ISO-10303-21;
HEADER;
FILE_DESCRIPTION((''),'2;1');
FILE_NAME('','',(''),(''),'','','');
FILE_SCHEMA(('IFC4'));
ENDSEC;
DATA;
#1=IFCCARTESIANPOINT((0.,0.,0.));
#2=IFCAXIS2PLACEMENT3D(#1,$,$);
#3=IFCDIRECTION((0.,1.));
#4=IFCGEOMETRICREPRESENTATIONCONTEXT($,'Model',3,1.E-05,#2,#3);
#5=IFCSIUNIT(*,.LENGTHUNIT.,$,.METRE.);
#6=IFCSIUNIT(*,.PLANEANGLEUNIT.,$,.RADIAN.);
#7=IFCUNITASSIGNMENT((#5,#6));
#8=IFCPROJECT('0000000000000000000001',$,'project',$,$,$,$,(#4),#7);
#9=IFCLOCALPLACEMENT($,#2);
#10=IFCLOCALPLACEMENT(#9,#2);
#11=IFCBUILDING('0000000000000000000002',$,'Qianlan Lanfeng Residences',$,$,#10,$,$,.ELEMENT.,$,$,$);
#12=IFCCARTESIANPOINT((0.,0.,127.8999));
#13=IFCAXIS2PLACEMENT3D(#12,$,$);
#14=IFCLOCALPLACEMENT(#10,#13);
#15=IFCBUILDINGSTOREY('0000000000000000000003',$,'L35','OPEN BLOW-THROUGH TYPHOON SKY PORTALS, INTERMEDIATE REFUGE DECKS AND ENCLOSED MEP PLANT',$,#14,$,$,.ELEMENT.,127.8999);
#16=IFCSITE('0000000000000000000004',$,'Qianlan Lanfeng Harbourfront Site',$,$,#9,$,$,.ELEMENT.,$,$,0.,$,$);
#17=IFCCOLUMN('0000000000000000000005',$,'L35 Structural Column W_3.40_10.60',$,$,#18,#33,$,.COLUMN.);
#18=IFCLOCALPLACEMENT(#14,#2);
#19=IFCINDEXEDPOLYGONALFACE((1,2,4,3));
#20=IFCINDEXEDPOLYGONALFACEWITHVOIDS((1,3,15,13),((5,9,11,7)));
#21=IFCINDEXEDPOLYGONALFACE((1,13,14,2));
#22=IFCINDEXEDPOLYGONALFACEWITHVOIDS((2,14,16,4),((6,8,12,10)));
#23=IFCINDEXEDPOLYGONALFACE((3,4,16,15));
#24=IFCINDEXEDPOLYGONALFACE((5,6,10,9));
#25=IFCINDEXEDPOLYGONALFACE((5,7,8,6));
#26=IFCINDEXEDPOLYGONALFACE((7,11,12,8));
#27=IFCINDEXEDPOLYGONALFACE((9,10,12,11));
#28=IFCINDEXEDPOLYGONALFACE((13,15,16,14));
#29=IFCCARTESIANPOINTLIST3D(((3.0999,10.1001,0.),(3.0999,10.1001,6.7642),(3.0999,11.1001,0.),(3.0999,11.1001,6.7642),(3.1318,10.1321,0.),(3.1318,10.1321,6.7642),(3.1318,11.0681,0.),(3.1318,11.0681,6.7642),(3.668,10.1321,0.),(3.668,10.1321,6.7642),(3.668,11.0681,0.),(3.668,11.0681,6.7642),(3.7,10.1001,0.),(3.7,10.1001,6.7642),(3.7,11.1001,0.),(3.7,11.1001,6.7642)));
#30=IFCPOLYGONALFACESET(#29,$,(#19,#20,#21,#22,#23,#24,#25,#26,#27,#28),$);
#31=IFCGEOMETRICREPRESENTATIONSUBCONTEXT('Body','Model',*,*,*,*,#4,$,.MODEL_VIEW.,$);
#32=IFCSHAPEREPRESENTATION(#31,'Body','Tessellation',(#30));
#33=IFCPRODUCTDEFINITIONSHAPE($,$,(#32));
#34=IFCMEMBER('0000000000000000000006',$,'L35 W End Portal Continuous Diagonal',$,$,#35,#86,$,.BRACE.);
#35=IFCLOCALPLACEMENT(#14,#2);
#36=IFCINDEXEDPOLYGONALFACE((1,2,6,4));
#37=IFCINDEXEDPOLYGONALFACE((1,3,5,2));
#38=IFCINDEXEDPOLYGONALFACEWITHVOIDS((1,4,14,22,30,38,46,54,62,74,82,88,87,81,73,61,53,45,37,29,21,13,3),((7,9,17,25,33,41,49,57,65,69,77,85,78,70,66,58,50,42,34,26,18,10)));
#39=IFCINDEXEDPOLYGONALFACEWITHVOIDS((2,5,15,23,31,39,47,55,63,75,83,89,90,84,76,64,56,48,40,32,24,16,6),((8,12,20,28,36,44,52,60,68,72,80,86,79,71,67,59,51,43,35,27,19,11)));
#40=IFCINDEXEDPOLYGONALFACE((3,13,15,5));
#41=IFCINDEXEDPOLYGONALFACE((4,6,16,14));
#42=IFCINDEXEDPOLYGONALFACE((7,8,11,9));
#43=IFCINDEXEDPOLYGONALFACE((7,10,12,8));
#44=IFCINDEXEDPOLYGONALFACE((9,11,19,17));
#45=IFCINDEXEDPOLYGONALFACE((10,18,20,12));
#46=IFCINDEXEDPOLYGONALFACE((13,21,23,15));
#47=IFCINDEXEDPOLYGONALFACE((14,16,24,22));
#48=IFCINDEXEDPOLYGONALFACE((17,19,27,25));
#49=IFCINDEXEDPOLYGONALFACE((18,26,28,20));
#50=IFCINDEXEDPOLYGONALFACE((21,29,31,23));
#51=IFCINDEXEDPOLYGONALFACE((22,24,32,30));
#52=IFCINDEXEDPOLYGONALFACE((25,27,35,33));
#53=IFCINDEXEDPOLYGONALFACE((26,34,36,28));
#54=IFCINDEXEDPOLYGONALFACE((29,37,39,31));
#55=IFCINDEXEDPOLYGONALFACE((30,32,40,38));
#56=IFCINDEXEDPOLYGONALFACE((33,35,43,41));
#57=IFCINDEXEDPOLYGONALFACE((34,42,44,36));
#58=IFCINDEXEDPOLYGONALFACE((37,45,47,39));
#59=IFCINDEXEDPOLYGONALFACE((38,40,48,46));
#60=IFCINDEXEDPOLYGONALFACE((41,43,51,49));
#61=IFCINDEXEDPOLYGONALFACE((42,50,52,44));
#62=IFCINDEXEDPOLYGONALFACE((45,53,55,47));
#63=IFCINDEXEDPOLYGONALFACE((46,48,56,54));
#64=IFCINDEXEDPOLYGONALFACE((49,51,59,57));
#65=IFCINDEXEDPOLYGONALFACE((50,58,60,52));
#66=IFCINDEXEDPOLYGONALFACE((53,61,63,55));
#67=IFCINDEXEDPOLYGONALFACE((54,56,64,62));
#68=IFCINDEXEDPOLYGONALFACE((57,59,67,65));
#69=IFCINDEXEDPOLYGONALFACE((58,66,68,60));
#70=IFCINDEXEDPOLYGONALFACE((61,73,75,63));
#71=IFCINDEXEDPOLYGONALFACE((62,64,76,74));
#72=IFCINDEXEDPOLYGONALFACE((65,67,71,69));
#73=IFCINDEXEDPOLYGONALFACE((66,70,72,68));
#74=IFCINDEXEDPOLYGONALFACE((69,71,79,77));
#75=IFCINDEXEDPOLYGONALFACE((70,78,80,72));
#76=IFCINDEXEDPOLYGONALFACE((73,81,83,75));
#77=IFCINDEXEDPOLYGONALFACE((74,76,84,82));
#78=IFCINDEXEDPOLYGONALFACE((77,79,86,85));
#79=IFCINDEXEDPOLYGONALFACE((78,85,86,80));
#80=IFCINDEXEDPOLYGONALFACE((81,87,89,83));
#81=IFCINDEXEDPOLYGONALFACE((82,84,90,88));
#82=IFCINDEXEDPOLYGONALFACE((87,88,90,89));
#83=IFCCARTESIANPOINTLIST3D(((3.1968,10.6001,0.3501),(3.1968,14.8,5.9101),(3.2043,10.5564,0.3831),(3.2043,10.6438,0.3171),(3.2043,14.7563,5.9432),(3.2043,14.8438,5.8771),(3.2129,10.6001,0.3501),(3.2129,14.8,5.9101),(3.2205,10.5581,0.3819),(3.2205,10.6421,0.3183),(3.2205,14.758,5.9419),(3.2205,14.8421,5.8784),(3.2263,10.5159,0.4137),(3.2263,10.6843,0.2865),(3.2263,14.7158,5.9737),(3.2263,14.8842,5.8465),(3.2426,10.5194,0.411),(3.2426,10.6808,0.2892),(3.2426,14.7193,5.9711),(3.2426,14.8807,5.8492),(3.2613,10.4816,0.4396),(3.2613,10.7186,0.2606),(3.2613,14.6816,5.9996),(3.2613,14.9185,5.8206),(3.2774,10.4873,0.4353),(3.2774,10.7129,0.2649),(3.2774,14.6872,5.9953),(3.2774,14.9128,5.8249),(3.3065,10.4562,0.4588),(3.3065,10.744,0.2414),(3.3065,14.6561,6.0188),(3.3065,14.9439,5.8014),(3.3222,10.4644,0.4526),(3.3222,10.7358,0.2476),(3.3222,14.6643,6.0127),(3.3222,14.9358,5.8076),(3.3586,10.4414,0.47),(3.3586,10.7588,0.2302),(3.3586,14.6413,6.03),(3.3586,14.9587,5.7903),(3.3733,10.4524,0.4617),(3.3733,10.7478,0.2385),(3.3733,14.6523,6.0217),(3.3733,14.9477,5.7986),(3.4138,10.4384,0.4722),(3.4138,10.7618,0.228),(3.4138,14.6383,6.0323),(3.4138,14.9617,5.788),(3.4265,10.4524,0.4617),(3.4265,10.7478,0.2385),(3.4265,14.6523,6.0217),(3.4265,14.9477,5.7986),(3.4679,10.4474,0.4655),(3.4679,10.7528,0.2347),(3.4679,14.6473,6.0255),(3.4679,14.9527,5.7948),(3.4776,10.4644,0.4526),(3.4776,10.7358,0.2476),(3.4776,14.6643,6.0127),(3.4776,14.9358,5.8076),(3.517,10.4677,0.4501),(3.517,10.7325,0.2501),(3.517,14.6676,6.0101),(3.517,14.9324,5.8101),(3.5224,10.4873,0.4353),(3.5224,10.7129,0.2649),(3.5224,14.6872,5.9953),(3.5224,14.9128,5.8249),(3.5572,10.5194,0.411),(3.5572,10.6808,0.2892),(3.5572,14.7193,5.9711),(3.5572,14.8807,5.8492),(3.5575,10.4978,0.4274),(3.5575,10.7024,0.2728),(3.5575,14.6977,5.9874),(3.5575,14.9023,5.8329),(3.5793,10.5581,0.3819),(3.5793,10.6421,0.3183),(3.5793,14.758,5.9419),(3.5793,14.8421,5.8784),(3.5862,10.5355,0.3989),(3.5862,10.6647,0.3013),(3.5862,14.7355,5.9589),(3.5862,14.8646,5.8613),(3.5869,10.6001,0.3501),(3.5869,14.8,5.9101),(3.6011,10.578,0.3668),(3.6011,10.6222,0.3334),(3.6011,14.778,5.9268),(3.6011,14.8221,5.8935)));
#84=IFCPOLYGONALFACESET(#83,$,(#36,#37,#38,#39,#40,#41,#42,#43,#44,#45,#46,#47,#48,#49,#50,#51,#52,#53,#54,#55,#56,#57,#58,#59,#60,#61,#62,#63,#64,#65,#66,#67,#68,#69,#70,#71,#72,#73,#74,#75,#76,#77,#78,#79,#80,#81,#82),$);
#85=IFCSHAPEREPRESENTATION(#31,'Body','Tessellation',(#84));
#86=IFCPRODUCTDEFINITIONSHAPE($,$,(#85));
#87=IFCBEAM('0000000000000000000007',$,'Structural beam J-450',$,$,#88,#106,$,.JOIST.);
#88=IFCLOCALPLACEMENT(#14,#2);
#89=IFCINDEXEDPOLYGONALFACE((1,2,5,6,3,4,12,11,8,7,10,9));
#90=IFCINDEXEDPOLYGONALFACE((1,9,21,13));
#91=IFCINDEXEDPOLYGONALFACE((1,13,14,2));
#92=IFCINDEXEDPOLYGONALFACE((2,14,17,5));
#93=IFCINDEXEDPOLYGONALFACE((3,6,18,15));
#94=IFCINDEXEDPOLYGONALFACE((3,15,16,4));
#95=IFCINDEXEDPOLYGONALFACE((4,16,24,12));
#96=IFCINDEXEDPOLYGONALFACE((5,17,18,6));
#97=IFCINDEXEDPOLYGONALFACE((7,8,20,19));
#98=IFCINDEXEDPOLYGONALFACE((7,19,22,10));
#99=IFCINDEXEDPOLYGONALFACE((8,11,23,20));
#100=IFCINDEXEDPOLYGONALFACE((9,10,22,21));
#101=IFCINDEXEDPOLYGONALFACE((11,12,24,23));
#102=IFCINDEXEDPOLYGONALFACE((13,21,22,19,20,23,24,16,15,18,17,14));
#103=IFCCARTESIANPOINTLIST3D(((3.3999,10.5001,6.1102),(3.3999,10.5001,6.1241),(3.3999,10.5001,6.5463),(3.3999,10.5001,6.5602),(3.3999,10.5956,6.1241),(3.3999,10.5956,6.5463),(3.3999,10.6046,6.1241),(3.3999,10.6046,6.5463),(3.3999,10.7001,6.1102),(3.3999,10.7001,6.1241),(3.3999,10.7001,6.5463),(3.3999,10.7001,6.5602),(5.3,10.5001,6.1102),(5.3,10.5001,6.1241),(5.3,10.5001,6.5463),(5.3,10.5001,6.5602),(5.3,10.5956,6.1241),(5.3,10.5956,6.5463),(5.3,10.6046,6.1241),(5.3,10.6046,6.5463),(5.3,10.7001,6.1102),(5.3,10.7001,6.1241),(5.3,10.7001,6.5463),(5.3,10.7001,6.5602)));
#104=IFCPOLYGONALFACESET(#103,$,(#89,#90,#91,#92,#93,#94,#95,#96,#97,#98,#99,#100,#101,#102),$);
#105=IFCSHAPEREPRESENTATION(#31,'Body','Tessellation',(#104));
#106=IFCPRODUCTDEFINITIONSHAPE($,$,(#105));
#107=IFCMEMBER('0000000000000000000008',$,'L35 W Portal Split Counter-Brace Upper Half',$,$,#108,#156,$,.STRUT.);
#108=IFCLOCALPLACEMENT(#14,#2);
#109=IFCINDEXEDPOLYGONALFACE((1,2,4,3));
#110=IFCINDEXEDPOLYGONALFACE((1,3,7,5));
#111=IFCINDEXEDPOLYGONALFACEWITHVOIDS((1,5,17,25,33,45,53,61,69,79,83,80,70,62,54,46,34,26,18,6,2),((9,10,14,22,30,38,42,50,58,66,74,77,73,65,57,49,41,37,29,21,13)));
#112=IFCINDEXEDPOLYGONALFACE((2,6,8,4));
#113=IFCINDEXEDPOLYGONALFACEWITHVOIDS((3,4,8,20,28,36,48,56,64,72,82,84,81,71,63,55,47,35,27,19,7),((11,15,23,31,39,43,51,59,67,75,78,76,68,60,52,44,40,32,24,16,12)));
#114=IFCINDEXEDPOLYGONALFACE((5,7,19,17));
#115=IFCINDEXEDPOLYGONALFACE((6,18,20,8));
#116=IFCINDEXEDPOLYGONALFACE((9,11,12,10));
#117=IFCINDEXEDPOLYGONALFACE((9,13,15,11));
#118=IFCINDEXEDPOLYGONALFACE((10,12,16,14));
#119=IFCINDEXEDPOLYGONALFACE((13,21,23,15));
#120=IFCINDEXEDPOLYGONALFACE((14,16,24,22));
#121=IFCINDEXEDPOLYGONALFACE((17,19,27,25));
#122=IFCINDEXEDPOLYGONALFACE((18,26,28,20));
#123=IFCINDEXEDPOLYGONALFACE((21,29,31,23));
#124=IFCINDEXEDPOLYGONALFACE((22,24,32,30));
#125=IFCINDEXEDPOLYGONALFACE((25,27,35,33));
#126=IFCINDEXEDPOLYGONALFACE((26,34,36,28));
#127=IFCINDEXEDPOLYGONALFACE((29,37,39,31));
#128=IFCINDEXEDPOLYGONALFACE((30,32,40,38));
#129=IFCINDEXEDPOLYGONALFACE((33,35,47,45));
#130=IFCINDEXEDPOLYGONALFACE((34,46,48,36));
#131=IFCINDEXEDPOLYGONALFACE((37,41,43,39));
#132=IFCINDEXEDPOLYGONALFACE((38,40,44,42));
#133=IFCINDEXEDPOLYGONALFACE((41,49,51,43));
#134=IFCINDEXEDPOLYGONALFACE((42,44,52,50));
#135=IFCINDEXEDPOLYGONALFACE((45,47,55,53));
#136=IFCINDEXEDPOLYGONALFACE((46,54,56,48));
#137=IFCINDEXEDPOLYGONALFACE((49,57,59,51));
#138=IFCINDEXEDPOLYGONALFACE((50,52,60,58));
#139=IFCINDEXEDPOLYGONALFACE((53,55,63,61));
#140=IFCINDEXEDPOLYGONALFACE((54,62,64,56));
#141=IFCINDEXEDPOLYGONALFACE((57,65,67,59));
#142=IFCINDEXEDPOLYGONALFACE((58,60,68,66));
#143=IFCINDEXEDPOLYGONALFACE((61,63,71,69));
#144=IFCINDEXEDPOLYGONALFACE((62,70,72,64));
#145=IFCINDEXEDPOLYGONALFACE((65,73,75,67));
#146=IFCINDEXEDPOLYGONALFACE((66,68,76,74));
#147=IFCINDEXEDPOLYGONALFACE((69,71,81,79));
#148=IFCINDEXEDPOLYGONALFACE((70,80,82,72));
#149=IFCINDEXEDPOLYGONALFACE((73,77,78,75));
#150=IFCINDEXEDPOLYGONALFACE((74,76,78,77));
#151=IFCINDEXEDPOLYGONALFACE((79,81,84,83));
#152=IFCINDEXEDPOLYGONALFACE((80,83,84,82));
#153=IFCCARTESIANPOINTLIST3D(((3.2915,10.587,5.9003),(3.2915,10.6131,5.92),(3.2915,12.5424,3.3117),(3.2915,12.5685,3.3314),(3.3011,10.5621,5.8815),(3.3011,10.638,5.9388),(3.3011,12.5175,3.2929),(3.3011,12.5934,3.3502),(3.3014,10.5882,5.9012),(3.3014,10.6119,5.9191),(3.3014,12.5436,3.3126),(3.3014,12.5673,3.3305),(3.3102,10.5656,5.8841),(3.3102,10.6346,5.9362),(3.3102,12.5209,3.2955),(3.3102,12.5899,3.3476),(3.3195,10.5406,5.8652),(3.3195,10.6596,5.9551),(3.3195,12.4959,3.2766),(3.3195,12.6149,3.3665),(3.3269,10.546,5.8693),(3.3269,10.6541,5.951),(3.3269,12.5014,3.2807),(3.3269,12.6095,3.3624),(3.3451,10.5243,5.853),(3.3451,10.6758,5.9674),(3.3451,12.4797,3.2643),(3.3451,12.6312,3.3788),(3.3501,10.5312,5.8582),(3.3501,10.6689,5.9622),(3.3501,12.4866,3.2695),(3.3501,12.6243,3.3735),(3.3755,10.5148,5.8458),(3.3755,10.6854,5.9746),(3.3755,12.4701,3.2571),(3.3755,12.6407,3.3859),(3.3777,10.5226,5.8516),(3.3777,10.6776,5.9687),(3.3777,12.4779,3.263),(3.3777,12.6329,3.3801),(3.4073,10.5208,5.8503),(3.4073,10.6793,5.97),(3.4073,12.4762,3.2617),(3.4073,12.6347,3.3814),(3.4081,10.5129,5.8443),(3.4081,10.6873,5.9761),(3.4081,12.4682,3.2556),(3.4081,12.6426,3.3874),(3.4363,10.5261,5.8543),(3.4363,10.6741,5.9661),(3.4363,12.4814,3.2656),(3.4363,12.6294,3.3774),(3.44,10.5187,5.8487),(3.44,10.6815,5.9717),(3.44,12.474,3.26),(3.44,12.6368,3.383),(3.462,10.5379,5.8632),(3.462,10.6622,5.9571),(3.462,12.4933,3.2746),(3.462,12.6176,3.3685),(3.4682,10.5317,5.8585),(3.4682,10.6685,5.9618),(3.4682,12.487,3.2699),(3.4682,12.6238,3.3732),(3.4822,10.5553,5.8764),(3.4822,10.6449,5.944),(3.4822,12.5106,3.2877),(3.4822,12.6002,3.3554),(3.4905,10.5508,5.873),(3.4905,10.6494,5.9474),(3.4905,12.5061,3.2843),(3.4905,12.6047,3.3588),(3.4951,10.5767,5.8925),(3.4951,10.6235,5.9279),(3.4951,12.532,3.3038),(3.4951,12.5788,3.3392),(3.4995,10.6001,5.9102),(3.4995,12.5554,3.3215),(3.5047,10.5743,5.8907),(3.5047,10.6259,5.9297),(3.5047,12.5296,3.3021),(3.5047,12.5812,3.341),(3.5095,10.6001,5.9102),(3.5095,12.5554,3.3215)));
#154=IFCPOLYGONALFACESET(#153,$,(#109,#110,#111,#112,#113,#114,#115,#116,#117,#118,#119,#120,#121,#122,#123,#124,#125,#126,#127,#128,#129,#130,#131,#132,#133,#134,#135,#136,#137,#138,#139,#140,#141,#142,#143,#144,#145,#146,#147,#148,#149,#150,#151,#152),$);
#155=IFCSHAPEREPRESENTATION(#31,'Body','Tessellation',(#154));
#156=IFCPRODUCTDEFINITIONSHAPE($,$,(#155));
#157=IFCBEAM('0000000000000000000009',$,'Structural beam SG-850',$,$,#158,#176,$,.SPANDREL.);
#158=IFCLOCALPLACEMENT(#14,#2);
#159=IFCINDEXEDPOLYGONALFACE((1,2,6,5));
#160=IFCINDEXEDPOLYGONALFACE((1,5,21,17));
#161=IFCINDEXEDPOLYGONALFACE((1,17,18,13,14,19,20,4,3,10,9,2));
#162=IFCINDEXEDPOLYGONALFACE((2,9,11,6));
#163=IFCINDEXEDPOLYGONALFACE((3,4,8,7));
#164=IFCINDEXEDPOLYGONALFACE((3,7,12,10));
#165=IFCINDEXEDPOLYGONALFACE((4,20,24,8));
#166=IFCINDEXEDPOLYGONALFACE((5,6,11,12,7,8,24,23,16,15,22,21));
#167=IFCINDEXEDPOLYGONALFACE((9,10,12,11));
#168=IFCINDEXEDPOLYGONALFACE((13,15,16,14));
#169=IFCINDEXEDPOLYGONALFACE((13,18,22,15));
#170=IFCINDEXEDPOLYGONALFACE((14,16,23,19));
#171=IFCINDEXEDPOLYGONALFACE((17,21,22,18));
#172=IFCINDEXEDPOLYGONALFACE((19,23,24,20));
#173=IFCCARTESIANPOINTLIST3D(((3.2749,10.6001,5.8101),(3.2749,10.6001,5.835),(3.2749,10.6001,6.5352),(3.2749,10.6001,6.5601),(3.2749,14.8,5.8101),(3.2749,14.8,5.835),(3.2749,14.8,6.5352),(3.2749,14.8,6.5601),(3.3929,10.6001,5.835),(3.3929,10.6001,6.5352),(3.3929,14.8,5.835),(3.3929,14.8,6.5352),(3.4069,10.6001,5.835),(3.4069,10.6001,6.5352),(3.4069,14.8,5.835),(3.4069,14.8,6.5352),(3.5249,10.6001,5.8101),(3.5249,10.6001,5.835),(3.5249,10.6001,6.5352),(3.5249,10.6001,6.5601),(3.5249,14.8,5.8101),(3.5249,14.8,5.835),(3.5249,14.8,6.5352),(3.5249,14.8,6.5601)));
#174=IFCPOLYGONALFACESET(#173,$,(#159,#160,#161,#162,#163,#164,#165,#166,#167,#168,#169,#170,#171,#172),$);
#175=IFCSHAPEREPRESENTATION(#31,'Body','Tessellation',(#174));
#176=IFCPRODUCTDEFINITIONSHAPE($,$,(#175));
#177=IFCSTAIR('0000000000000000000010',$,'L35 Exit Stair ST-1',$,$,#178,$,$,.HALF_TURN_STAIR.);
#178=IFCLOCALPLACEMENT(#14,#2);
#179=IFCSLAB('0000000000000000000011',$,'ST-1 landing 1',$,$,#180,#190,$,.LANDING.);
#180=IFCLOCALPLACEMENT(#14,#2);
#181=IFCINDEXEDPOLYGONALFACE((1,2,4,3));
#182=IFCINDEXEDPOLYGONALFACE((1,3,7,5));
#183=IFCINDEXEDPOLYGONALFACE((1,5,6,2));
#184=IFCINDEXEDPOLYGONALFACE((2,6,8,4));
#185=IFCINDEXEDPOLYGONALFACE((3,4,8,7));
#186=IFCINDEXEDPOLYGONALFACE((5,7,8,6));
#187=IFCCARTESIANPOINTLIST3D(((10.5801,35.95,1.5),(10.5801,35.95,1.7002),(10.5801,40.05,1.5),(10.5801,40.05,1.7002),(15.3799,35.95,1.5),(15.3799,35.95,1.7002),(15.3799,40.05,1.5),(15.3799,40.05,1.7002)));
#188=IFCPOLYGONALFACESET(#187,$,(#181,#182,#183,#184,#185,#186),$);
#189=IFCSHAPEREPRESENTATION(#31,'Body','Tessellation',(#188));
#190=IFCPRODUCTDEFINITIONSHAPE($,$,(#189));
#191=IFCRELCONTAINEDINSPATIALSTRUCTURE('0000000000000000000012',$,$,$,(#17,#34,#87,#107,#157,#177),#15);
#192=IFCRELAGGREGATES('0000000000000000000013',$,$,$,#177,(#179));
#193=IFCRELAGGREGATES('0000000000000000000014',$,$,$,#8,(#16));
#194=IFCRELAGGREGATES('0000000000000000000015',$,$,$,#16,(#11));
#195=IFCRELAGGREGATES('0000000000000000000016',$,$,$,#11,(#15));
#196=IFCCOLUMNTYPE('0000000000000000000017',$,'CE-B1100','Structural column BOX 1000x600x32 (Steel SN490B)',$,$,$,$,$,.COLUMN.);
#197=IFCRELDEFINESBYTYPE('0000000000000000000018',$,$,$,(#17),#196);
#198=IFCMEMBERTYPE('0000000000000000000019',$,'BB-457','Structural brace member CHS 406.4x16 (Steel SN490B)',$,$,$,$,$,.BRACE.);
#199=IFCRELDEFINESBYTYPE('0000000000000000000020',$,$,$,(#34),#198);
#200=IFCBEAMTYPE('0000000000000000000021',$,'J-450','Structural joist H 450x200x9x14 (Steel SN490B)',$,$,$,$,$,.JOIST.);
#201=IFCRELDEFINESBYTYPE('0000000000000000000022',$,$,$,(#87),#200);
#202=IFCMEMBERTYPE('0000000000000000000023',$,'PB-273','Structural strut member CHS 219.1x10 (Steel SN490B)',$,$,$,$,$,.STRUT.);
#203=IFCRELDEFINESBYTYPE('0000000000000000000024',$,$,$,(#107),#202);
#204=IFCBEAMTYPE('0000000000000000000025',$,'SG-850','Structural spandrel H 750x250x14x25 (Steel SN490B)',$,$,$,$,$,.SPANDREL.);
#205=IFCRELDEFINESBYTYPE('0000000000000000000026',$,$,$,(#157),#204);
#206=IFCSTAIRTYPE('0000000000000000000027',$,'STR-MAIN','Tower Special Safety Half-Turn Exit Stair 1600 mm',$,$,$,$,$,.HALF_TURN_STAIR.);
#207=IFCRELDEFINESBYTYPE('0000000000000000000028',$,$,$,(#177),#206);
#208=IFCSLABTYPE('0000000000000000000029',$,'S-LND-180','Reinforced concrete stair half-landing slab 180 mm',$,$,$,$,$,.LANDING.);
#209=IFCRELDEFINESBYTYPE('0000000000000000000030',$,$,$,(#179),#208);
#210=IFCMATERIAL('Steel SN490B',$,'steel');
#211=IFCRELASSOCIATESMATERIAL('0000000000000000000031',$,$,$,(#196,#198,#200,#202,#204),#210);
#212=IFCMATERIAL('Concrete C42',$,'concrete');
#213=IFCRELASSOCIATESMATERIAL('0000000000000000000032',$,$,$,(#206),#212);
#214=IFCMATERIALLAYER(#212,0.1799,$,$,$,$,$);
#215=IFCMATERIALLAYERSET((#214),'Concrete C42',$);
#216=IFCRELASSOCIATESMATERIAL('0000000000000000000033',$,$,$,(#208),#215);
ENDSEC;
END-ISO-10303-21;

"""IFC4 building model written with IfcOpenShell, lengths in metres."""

from ifc_helpers import new_model, si_unit, direction, frame, origin, origin_2d, place, context, subcontext, project, spatial, polyline, hollow_rectangle, hollow_circle, i_section, outline, extrude, material, layer, layer_set, material_profile, profile_set, type_object, element, aggregate, save


model = new_model("IFC4")

# Units and contexts
model_context = context("Model", 3, precision=1e-05, world=origin(), true_north=direction((0.0, 1.0)))
body_context = subcontext(model_context, "Body", "Model", "MODEL_VIEW")
ifc_project = project(units=[si_unit("LENGTHUNIT", "METRE"), si_unit("PLANEANGLEUNIT", "RADIAN")], contexts=[model_context])

# Site, building, storey
site_placement = place(None, origin())
site = spatial("IfcSite", under=ifc_project, at=site_placement, Name="Qianlan Lanfeng Harbourfront Site", CompositionType="ELEMENT", RefElevation=0.0)
building_placement = place(site_placement, origin())
building = spatial("IfcBuilding", under=site, at=building_placement, Name="Qianlan Lanfeng Residences", CompositionType="ELEMENT")
storey_placement = place(building_placement, frame((0.0, 0.0, 127.8999)))
storey = spatial("IfcBuildingStorey", under=building, at=storey_placement, Name="L35", Description="OPEN BLOW-THROUGH TYPHOON SKY PORTALS, INTERMEDIATE REFUGE DECKS AND ENCLOSED MEP PLANT", CompositionType="ELEMENT", Elevation=127.8999)

# Column
ifc_material_1 = material(Name="Steel SN490B", Category="steel")
ifc_material_profile_1 = material_profile(ifc_material_1, hollow_rectangle(XDim=0.6001, YDim=1.0, WallThickness=0.032, at=origin_2d()), Name="BOX 1000x600x32")
ifc_profile_set_1 = profile_set([ifc_material_profile_1], Name="Steel SN490B")
column_type = type_object("IfcColumnType", Name="CE-B1100", Description="Structural column BOX 1000x600x32 (Steel SN490B)", PredefinedType="COLUMN", material=ifc_profile_set_1)
column_placement = place(storey_placement, frame((3.3999, 10.6001, 0.0), z_axis=(0.0, 0.0, 1.0), x_axis=(1.0, 0.0, 0.0)))
element("IfcColumn", 1, at=column_placement, inside=storey, type_object=column_type, Name="L35 Structural Column W_3.40_10.60", PredefinedType="COLUMN", context=body_context, shape_type="SweptSolid", body=[
    extrude(hollow_rectangle(XDim=0.6001, YDim=1.0, WallThickness=0.032, at=origin_2d()), origin(), (0.0, 0.0, 1.0), 6.7642),
])

# Member
ifc_material_profile_2 = material_profile(ifc_material_1, hollow_circle(Radius=0.2031, WallThickness=0.0161, at=origin_2d()), Name="CHS 406.4x16")
ifc_profile_set_2 = profile_set([ifc_material_profile_2], Name="Steel SN490B")
member_type_1 = type_object("IfcMemberType", Name="BB-457", Description="Structural brace member CHS 406.4x16 (Steel SN490B)", PredefinedType="BRACE", material=ifc_profile_set_2)
member_1_placement = place(storey_placement, frame((3.3999, 10.6001, 0.3501), z_axis=(0.0, 0.602743, 0.797935), x_axis=(-1.0, 0.0, 0.0)))
element("IfcMember", 2, at=member_1_placement, inside=storey, type_object=member_type_1, Name="L35 W End Portal Continuous Diagonal", PredefinedType="BRACE", context=body_context, shape_type="SweptSolid", body=[
    extrude(hollow_circle(Radius=0.2031, WallThickness=0.0161, at=origin_2d()), origin(), (0.0, 0.0, 1.0), 6.968),
])

# Beam
ifc_material_profile_3 = material_profile(ifc_material_1, i_section(OverallWidth=0.2, OverallDepth=0.45, WebThickness=0.009, FlangeThickness=0.0139, at=origin_2d()), Name="H 450x200x9x14")
ifc_profile_set_3 = profile_set([ifc_material_profile_3], Name="Steel SN490B")
beam_type_1 = type_object("IfcBeamType", Name="J-450", Description="Structural joist H 450x200x9x14 (Steel SN490B)", PredefinedType="JOIST", material=ifc_profile_set_3)
beam_1_placement = place(storey_placement, frame((3.3999, 10.6001, 6.3352), z_axis=(1.0, 0.0, 0.0), x_axis=(0.0, 1.0, 0.0)))
element("IfcBeam", 3, at=beam_1_placement, inside=storey, type_object=beam_type_1, Name="Structural beam J-450", PredefinedType="JOIST", context=body_context, shape_type="SweptSolid", body=[
    extrude(i_section(OverallWidth=0.2, OverallDepth=0.45, WebThickness=0.009, FlangeThickness=0.0139, at=origin_2d()), origin(), (0.0, 0.0, 1.0), 1.9001),
])

# Member
ifc_material_profile_4 = material_profile(ifc_material_1, hollow_circle(Radius=0.1096, WallThickness=0.01, at=origin_2d()), Name="CHS 219.1x10")
ifc_profile_set_4 = profile_set([ifc_material_profile_4], Name="Steel SN490B")
member_type_2 = type_object("IfcMemberType", Name="PB-273", Description="Structural strut member CHS 219.1x10 (Steel SN490B)", PredefinedType="STRUT", material=ifc_profile_set_4)
member_2_placement = place(storey_placement, frame((3.3999, 12.5554, 3.3215), z_axis=(0.0, -0.60273, 0.797945), x_axis=(1.0, 0.0, 0.0)))
element("IfcMember", 4, at=member_2_placement, inside=storey, type_object=member_type_2, Name="L35 W Portal Split Counter-Brace Upper Half", PredefinedType="STRUT", context=body_context, shape_type="SweptSolid", body=[
    extrude(hollow_circle(Radius=0.1096, WallThickness=0.01, at=origin_2d()), origin(), (0.0, 0.0, 1.0), 3.2441),
])

# Beam
ifc_material_profile_5 = material_profile(ifc_material_1, i_section(OverallWidth=0.25, OverallDepth=0.75, WebThickness=0.0139, FlangeThickness=0.0249, at=origin_2d()), Name="H 750x250x14x25")
ifc_profile_set_5 = profile_set([ifc_material_profile_5], Name="Steel SN490B")
beam_type_2 = type_object("IfcBeamType", Name="SG-850", Description="Structural spandrel H 750x250x14x25 (Steel SN490B)", PredefinedType="SPANDREL", material=ifc_profile_set_5)
beam_2_placement = place(storey_placement, frame((3.3999, 10.6001, 6.1851), z_axis=(0.0, 1.0, 0.0), x_axis=(-1.0, 0.0, 0.0)))
element("IfcBeam", 5, at=beam_2_placement, inside=storey, type_object=beam_type_2, Name="Structural beam SG-850", PredefinedType="SPANDREL", context=body_context, shape_type="SweptSolid", body=[
    extrude(i_section(OverallWidth=0.25, OverallDepth=0.75, WebThickness=0.0139, FlangeThickness=0.0249, at=origin_2d()), origin(), (0.0, 0.0, 1.0), 4.2),
])

# Stair, slab
ifc_material_2 = material(Name="Concrete C42", Category="concrete")
stair_type = type_object("IfcStairType", Name="STR-MAIN", Description="Tower Special Safety Half-Turn Exit Stair 1600 mm", PredefinedType="HALF_TURN_STAIR", material=ifc_material_2)
stair_1_placement = place(storey_placement, origin())
stair_1 = element("IfcStair", 6, at=stair_1_placement, inside=storey, type_object=stair_type, Name="L35 Exit Stair ST-1", PredefinedType="HALF_TURN_STAIR")
ifc_layer_1 = layer(ifc_material_2, 0.1799)
ifc_layer_set_1 = layer_set([ifc_layer_1], Name="Concrete C42")
slab_type_1 = type_object("IfcSlabType", Name="S-LND-180", Description="Reinforced concrete stair half-landing slab 180 mm", PredefinedType="LANDING", material=ifc_layer_set_1)
slab_1_placement = place(storey_placement, frame((0.0, 0.0, 1.5)))
slab_1 = element("IfcSlab", 7, at=slab_1_placement, type_object=slab_type_1, Name="ST-1 landing 1", PredefinedType="LANDING", context=body_context, shape_type="SweptSolid", body=[
    extrude(outline(polyline([(10.5801, 35.95), (15.3799, 35.95), (15.3799, 40.05), (10.5801, 40.05), (10.5801, 35.95)])), origin(), (0.0, 0.0, 1.0), 0.2002),
])
aggregate(stair_1, [slab_1])

save(model, "model.ifc")
